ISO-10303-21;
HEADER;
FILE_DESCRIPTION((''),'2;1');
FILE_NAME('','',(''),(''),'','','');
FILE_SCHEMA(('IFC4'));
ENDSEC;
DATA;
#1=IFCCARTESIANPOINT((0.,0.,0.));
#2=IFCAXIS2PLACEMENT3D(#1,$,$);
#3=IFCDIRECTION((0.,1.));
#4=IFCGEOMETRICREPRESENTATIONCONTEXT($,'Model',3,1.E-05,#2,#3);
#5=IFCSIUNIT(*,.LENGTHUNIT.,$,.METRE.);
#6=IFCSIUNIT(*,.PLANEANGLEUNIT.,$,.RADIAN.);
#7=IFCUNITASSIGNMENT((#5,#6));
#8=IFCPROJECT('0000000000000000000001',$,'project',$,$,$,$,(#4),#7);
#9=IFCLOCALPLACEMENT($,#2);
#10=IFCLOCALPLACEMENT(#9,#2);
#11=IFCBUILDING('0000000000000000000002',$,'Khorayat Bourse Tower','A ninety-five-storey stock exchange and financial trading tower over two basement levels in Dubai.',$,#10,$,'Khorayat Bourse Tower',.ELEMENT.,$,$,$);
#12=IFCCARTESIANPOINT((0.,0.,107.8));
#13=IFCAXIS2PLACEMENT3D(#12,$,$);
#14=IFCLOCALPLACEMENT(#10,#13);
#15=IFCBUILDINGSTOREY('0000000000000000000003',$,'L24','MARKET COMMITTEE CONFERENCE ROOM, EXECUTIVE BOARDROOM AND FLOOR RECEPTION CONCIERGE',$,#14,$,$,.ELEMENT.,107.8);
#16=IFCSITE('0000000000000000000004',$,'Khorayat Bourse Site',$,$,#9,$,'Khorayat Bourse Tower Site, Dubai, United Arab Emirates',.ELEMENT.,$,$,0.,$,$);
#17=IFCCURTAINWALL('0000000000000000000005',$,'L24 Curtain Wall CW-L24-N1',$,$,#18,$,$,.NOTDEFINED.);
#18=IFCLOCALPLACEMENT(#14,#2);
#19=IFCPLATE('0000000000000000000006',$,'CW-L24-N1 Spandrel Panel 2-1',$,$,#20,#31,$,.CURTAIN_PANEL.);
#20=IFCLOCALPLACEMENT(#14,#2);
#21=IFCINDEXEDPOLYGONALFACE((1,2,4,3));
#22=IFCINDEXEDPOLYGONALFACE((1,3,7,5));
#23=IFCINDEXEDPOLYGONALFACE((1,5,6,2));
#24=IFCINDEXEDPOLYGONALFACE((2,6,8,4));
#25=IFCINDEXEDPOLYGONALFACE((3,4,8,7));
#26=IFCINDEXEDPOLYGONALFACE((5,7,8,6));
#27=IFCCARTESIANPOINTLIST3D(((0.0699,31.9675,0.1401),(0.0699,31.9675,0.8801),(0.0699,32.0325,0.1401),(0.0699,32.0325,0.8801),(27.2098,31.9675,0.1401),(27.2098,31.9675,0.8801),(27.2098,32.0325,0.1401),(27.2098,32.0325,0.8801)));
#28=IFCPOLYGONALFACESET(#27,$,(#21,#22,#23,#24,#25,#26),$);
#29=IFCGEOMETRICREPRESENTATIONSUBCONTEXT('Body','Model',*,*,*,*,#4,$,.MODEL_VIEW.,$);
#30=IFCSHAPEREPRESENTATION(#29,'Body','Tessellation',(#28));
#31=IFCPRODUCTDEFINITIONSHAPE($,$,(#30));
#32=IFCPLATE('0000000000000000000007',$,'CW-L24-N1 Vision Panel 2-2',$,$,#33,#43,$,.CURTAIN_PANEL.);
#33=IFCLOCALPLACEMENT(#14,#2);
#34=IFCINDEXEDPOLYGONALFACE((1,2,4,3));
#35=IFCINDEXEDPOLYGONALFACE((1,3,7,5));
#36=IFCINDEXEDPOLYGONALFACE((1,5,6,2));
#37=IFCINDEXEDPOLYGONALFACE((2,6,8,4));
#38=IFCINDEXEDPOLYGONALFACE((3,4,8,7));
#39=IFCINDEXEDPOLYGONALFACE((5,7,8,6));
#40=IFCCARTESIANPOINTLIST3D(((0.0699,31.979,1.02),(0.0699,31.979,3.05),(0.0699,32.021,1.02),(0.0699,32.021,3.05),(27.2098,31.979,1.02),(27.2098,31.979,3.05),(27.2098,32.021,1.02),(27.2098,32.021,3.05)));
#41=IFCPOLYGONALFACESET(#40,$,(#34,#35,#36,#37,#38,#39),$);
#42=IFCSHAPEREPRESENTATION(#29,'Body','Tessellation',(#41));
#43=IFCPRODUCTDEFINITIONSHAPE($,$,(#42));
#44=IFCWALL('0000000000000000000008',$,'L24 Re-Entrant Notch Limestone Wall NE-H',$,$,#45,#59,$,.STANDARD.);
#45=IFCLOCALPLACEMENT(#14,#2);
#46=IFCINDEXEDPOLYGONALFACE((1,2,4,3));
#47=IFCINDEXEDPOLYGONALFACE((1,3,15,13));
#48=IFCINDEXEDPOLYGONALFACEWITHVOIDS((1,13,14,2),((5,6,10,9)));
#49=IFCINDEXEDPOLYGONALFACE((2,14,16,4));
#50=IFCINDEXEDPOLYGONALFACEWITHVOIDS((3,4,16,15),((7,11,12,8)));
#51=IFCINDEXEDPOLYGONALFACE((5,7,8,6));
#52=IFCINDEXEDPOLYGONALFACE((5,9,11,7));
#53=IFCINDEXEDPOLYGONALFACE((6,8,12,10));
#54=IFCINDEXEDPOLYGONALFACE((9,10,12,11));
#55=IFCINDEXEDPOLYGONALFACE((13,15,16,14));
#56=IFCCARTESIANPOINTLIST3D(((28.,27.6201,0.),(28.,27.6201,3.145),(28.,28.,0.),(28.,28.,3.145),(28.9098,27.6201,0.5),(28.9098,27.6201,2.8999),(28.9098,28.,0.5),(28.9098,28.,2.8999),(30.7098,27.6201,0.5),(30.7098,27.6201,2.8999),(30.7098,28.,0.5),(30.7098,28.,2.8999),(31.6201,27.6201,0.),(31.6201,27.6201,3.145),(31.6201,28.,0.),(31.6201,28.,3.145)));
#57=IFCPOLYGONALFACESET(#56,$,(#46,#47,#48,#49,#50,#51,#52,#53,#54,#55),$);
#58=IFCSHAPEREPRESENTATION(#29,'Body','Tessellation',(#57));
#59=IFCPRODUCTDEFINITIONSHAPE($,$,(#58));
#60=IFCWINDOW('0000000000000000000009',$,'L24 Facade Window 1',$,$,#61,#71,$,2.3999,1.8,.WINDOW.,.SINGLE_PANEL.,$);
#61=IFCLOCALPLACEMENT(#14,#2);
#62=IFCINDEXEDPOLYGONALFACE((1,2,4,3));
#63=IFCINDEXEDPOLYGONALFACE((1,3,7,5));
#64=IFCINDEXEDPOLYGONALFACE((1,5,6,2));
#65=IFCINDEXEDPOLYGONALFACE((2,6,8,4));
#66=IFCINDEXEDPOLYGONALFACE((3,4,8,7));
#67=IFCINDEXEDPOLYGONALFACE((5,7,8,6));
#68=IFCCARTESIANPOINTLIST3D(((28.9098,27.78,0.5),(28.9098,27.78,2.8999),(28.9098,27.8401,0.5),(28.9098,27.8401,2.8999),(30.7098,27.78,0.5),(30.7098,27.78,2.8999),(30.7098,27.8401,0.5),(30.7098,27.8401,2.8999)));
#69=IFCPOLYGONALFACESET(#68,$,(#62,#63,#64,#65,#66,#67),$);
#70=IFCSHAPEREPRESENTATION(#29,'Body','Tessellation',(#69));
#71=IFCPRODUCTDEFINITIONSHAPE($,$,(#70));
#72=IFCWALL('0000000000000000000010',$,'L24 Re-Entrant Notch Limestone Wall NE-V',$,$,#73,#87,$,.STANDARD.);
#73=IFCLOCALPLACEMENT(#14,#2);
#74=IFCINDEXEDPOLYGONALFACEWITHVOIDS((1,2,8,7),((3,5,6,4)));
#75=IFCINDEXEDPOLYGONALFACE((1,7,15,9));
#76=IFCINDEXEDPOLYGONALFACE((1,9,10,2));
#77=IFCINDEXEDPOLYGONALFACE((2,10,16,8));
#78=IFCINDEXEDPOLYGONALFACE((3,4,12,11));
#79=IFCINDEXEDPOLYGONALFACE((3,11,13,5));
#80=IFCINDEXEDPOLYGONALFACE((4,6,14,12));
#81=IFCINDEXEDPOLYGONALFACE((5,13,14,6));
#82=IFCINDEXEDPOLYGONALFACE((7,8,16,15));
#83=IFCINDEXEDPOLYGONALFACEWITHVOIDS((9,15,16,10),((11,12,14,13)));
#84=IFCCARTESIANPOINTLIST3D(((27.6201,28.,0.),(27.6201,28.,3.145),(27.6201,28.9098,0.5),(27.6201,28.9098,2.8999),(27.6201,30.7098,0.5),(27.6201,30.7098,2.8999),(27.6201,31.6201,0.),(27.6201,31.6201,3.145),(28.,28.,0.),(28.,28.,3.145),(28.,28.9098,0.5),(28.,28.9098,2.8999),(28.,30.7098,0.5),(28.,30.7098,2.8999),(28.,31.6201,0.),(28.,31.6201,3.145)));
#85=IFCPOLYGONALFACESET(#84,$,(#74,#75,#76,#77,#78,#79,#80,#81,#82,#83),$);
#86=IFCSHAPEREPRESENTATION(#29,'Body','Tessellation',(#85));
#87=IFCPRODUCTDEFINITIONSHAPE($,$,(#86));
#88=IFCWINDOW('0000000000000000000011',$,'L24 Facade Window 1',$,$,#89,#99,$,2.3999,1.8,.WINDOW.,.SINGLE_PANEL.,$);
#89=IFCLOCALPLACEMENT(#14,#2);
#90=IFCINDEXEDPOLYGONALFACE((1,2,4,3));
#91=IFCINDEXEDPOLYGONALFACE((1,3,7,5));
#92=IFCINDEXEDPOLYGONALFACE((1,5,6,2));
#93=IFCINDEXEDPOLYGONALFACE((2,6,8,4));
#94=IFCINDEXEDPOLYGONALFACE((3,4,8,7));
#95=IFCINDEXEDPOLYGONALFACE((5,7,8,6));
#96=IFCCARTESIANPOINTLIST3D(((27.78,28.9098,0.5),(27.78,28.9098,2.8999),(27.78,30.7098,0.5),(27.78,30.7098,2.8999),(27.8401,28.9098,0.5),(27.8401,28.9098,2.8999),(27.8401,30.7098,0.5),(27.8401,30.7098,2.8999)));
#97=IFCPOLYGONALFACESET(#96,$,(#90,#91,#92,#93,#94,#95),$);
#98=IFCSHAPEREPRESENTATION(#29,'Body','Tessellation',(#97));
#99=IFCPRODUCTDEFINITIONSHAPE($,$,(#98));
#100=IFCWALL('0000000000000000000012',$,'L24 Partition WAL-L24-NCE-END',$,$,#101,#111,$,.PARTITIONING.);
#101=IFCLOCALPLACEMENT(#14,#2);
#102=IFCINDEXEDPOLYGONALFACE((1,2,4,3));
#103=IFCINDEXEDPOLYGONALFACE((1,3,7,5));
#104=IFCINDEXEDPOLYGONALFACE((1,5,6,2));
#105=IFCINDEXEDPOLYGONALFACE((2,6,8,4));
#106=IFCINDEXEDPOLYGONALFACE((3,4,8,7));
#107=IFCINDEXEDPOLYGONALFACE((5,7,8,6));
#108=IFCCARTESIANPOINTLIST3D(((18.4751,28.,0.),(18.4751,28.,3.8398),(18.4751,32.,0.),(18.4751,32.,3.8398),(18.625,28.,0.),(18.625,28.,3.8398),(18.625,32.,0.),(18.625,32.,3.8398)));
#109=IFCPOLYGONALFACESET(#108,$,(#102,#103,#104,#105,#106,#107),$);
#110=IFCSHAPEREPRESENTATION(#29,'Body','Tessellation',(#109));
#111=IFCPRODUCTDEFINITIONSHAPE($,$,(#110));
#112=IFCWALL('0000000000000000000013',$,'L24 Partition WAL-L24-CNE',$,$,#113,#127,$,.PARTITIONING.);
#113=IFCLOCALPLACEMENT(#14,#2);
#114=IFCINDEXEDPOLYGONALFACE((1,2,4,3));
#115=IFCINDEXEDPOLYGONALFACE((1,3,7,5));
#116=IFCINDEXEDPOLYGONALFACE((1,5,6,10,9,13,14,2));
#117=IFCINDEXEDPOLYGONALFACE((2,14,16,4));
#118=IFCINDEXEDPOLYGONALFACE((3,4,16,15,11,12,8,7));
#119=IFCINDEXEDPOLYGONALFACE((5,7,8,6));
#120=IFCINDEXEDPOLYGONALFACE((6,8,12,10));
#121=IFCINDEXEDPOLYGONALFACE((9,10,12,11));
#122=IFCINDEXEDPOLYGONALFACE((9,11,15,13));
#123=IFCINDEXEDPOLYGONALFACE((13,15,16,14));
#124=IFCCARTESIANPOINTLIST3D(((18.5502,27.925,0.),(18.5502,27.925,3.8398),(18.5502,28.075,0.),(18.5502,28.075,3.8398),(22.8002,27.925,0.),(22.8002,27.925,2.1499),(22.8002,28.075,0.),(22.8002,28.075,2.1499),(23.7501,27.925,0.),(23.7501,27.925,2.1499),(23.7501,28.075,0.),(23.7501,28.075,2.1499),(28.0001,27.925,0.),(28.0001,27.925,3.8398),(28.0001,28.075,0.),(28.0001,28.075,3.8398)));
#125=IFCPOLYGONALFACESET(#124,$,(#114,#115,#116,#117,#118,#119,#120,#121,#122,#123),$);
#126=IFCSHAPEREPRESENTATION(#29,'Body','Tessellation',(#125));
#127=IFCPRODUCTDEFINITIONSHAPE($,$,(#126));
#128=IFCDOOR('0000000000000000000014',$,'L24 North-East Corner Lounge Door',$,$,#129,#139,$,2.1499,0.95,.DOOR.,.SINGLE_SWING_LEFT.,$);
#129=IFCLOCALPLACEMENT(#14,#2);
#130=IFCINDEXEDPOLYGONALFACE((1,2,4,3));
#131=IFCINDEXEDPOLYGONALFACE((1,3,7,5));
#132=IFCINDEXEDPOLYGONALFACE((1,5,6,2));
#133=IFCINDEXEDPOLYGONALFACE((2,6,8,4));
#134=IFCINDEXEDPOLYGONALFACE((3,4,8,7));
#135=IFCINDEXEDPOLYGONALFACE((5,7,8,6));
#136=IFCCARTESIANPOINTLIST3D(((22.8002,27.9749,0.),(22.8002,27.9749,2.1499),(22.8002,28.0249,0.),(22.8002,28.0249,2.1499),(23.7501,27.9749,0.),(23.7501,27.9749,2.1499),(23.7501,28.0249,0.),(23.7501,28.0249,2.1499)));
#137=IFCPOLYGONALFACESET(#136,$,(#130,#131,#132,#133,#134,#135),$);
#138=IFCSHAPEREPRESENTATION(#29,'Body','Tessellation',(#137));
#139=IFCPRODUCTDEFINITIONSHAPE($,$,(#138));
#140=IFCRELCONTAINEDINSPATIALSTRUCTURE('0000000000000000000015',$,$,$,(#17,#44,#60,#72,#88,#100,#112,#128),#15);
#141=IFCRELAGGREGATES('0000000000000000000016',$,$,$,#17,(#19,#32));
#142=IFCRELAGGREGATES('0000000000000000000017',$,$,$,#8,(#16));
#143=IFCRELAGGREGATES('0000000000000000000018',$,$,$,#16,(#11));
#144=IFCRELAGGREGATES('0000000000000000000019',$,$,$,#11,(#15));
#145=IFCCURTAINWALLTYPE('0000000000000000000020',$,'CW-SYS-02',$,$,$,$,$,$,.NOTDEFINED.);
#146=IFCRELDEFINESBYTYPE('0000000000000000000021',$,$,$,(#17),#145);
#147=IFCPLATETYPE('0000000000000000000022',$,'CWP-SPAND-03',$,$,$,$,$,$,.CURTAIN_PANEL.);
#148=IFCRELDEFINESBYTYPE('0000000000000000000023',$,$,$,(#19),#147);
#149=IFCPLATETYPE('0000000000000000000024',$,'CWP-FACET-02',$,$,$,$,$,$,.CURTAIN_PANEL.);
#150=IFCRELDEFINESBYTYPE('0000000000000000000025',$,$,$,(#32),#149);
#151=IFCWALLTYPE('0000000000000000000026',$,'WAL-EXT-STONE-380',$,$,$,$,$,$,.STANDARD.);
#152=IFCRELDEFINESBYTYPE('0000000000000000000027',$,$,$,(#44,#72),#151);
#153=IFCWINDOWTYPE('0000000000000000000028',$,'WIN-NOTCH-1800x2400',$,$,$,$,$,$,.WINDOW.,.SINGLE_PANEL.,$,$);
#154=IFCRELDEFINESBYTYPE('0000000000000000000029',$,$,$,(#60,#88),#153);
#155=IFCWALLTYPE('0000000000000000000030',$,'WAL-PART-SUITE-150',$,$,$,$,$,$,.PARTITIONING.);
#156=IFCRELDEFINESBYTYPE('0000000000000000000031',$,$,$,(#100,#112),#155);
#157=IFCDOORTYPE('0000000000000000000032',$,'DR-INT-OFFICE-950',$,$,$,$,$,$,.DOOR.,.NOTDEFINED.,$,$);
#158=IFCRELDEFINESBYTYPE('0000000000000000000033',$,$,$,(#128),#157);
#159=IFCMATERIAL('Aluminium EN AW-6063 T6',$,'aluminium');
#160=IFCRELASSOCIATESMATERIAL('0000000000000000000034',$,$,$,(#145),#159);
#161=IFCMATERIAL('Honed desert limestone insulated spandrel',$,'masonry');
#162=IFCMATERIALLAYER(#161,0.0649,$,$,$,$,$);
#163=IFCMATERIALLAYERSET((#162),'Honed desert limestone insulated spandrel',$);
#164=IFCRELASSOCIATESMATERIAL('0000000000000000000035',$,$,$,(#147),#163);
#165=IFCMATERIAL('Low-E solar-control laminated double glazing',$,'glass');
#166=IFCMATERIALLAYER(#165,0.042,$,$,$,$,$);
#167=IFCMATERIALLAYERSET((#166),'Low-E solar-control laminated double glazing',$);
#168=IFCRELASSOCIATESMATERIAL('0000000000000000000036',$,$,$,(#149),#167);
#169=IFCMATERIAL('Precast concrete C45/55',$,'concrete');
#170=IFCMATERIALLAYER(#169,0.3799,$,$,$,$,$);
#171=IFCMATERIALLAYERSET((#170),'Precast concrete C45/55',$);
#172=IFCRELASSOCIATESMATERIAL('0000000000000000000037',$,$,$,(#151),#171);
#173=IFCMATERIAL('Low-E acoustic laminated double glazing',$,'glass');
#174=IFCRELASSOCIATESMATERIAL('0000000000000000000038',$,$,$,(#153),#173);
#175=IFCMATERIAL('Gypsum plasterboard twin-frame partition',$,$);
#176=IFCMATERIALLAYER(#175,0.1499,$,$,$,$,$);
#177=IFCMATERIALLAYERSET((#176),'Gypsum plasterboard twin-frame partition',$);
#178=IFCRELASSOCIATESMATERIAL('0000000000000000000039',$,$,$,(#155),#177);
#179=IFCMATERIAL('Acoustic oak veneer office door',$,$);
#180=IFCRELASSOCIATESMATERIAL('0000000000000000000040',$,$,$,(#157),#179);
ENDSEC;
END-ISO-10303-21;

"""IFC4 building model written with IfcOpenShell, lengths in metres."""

from ifc_helpers import new_model, si_unit, direction, frame, frame_2d, origin, origin_2d, place, context, subcontext, project, spatial, rectangle, extrude, source, transform, mapped, material, layer, layer_set, type_object, element, fill, aggregate, save


model = new_model("IFC4")

# Units and contexts
model_context = context("Model", 3, precision=1e-05, world=origin(), true_north=direction((0.0, 1.0)))
body_context = subcontext(model_context, "Body", "Model", "MODEL_VIEW")
ifc_project = project(units=[si_unit("LENGTHUNIT", "METRE"), si_unit("PLANEANGLEUNIT", "RADIAN")], contexts=[model_context])

# Site, building, storey
site_placement = place(None, origin())
site = spatial("IfcSite", under=ifc_project, at=site_placement, Name="Khorayat Bourse Site", LongName="Khorayat Bourse Tower Site, Dubai, United Arab Emirates", CompositionType="ELEMENT", RefElevation=0.0)
building_placement = place(site_placement, origin())
building = spatial("IfcBuilding", under=site, at=building_placement, Name="Khorayat Bourse Tower", Description="A ninety-five-storey stock exchange and financial trading tower over two basement levels in Dubai.", LongName="Khorayat Bourse Tower", CompositionType="ELEMENT")
storey_placement = place(building_placement, frame((0.0, 0.0, 107.8)))
storey = spatial("IfcBuildingStorey", under=building, at=storey_placement, Name="L24", Description="MARKET COMMITTEE CONFERENCE ROOM, EXECUTIVE BOARDROOM AND FLOOR RECEPTION CONCIERGE", CompositionType="ELEMENT", Elevation=107.8)

# Curtain wall
ifc_material_1 = material(Name="Aluminium EN AW-6063 T6", Category="aluminium")
curtain_wall_type = type_object("IfcCurtainWallType", Name="CW-SYS-02", PredefinedType="NOTDEFINED", material=ifc_material_1)
curtain_wall_1_placement = place(storey_placement, origin())
curtain_wall_1 = element("IfcCurtainWall", 1, at=curtain_wall_1_placement, inside=storey, type_object=curtain_wall_type, Name="L24 Curtain Wall CW-L24-N1", PredefinedType="NOTDEFINED")

# Plates
ifc_material_2 = material(Name="Honed desert limestone insulated spandrel", Category="masonry")
ifc_layer_1 = layer(ifc_material_2, 0.0649)
ifc_layer_set_1 = layer_set([ifc_layer_1], Name="Honed desert limestone insulated spandrel")
plate_type_1 = type_object("IfcPlateType", Name="CWP-SPAND-03", PredefinedType="CURTAIN_PANEL", material=ifc_layer_set_1)
shared_shape_1 = source(origin(), body_context, "Body", "SweptSolid", [
    extrude(rectangle(XDim=27.1399, YDim=0.0649, at=origin_2d()), origin(), (0.0, 0.0, 1.0), 0.74),
])
plate_1_placement = place(storey_placement, frame((13.6399, 32.0, 0.1401), z_axis=(0.0, 0.0, 1.0), x_axis=(1.0, 0.0, 0.0)))
plate_1 = element("IfcPlate", 2, at=plate_1_placement, type_object=plate_type_1, Name="CW-L24-N1 Spandrel Panel 2-1", PredefinedType="CURTAIN_PANEL", context=body_context, shape_type="MappedRepresentation", body=[
    mapped(shared_shape_1, transform((0.0, 0.0, 0.0), scale=1.0)),
])
ifc_material_3 = material(Name="Low-E solar-control laminated double glazing", Category="glass")
ifc_layer_2 = layer(ifc_material_3, 0.042)
ifc_layer_set_2 = layer_set([ifc_layer_2], Name="Low-E solar-control laminated double glazing")
plate_type_2 = type_object("IfcPlateType", Name="CWP-FACET-02", PredefinedType="CURTAIN_PANEL", material=ifc_layer_set_2)
shared_shape_2 = source(origin(), body_context, "Body", "SweptSolid", [
    extrude(rectangle(XDim=27.1399, YDim=0.042, at=origin_2d()), origin(), (0.0, 0.0, 1.0), 2.03),
])
plate_2_placement = place(storey_placement, frame((13.6399, 32.0, 1.02), z_axis=(0.0, 0.0, 1.0), x_axis=(1.0, 0.0, 0.0)))
plate_2 = element("IfcPlate", 3, at=plate_2_placement, type_object=plate_type_2, Name="CW-L24-N1 Vision Panel 2-2", PredefinedType="CURTAIN_PANEL", context=body_context, shape_type="MappedRepresentation", body=[
    mapped(shared_shape_2, transform((0.0, 0.0, 0.0), scale=1.0)),
])
aggregate(curtain_wall_1, [plate_1, plate_2])

# Walls, openings, windows
ifc_material_4 = material(Name="Precast concrete C45/55", Category="concrete")
ifc_layer_3 = layer(ifc_material_4, 0.3799)
ifc_layer_set_3 = layer_set([ifc_layer_3], Name="Precast concrete C45/55")
wall_type_1 = type_object("IfcWallType", Name="WAL-EXT-STONE-380", PredefinedType="STANDARD", material=ifc_layer_set_3)
shared_shape_3 = source(origin(), body_context, "Body", "SweptSolid", [
    extrude(rectangle(XDim=3.6201, YDim=0.3799, at=frame_2d((1.8101, 0.0))), origin(), (0.0, 0.0, 1.0), 3.145),
])
wall_1_placement = place(storey_placement, frame((28.0, 27.8101, 0.0), z_axis=(0.0, 0.0, 1.0), x_axis=(1.0, 0.0, 0.0)))
wall_1 = element("IfcWall", 4, at=wall_1_placement, inside=storey, type_object=wall_type_1, Name="L24 Re-Entrant Notch Limestone Wall NE-H", PredefinedType="STANDARD", context=body_context, shape_type="MappedRepresentation", body=[
    mapped(shared_shape_3, transform((0.0, 0.0, 0.0), scale=1.0)),
])
shared_shape_4 = source(origin(), body_context, "Body", "SweptSolid", [
    extrude(rectangle(XDim=1.8, YDim=2.3999, at=frame_2d((0.8999, 1.2))), frame((0.0, 0.2, 0.0), z_axis=(0.0, -1.0, 0.0), x_axis=(1.0, 0.0, 0.0)), (0.0, 0.0, 1.0), 0.3999),
])
opening_1_placement = place(wall_1_placement, frame((0.9099, 0.0, 0.5)))
opening_1 = element("IfcOpeningElement", 5, at=opening_1_placement, cuts=wall_1, PredefinedType="OPENING", context=body_context, shape_type="MappedRepresentation", body=[
    mapped(shared_shape_4, transform((0.0, 0.0, 0.0), scale=1.0)),
])
ifc_material_5 = material(Name="Low-E acoustic laminated double glazing", Category="glass")
window_type = type_object("IfcWindowType", Name="WIN-NOTCH-1800x2400", PartitioningType="SINGLE_PANEL", PredefinedType="WINDOW", material=ifc_material_5)
shared_shape_5 = source(origin(), body_context, "Body", "SweptSolid", [
    extrude(rectangle(XDim=1.8, YDim=2.3999, at=frame_2d((0.8999, 1.2))), frame((0.0, 0.03, 0.0), z_axis=(0.0, -1.0, 0.0), x_axis=(1.0, 0.0, 0.0)), (0.0, 0.0, 1.0), 0.0601),
])
window_1_placement = place(opening_1_placement, origin())
window_1 = element("IfcWindow", 6, at=window_1_placement, inside=storey, type_object=window_type, Name="L24 Facade Window 1", OverallHeight=2.3999, OverallWidth=1.8, PartitioningType="SINGLE_PANEL", PredefinedType="WINDOW", context=body_context, shape_type="MappedRepresentation", body=[
    mapped(shared_shape_5, transform((0.0, 0.0, 0.0), scale=1.0)),
])
fill(opening_1, window_1)
wall_2_placement = place(storey_placement, frame((27.8101, 28.0, 0.0), z_axis=(0.0, 0.0, 1.0), x_axis=(0.0, 1.0, 0.0)))
wall_2 = element("IfcWall", 7, at=wall_2_placement, inside=storey, type_object=wall_type_1, Name="L24 Re-Entrant Notch Limestone Wall NE-V", PredefinedType="STANDARD", context=body_context, shape_type="MappedRepresentation", body=[
    mapped(shared_shape_3, transform((0.0, 0.0, 0.0), scale=1.0)),
])
opening_2_placement = place(wall_2_placement, frame((0.9099, 0.0, 0.5)))
opening_2 = element("IfcOpeningElement", 8, at=opening_2_placement, cuts=wall_2, PredefinedType="OPENING", context=body_context, shape_type="MappedRepresentation", body=[
    mapped(shared_shape_4, transform((0.0, 0.0, 0.0), scale=1.0)),
])
window_2_placement = place(opening_2_placement, origin())
window_2 = element("IfcWindow", 9, at=window_2_placement, inside=storey, type_object=window_type, Name="L24 Facade Window 1", OverallHeight=2.3999, OverallWidth=1.8, PartitioningType="SINGLE_PANEL", PredefinedType="WINDOW", context=body_context, shape_type="MappedRepresentation", body=[
    mapped(shared_shape_5, transform((0.0, 0.0, 0.0), scale=1.0)),
])
fill(opening_2, window_2)

# Wall
ifc_material_6 = material(Name="Gypsum plasterboard twin-frame partition")
ifc_layer_4 = layer(ifc_material_6, 0.1499)
ifc_layer_set_4 = layer_set([ifc_layer_4], Name="Gypsum plasterboard twin-frame partition")
wall_type_2 = type_object("IfcWallType", Name="WAL-PART-SUITE-150", PredefinedType="PARTITIONING", material=ifc_layer_set_4)
shared_shape_6 = source(origin(), body_context, "Body", "SweptSolid", [
    extrude(rectangle(XDim=4.0, YDim=0.1499, at=frame_2d((2.0, 0.0))), origin(), (0.0, 0.0, 1.0), 3.8398),
])
wall_3_placement = place(storey_placement, frame((18.55, 28.0, 0.0), z_axis=(0.0, 0.0, 1.0), x_axis=(0.0, 1.0, 0.0)))
element("IfcWall", 10, at=wall_3_placement, inside=storey, type_object=wall_type_2, Name="L24 Partition WAL-L24-NCE-END", PredefinedType="PARTITIONING", context=body_context, shape_type="MappedRepresentation", body=[
    mapped(shared_shape_6, transform((0.0, 0.0, 0.0), scale=1.0)),
])

# Wall, opening, door
shared_shape_7 = source(origin(), body_context, "Body", "SweptSolid", [
    extrude(rectangle(XDim=9.45, YDim=0.1499, at=frame_2d((4.7251, 0.0))), origin(), (0.0, 0.0, 1.0), 3.8398),
])
wall_4_placement = place(storey_placement, frame((18.55, 28.0, 0.0), z_axis=(0.0, 0.0, 1.0), x_axis=(1.0, 0.0, 0.0)))
wall_4 = element("IfcWall", 11, at=wall_4_placement, inside=storey, type_object=wall_type_2, Name="L24 Partition WAL-L24-CNE", PredefinedType="PARTITIONING", context=body_context, shape_type="MappedRepresentation", body=[
    mapped(shared_shape_7, transform((0.0, 0.0, 0.0), scale=1.0)),
])
shared_shape_8 = source(origin(), body_context, "Body", "SweptSolid", [
    extrude(rectangle(XDim=0.95, YDim=2.1499, at=frame_2d((0.4751, 1.075))), frame((0.0, 0.085, 0.0), z_axis=(0.0, -1.0, 0.0), x_axis=(1.0, 0.0, 0.0)), (0.0, 0.0, 1.0), 0.1699),
])
opening_3_placement = place(wall_4_placement, frame((4.25, 0.0, 0.0)))
opening_3 = element("IfcOpeningElement", 12, at=opening_3_placement, cuts=wall_4, PredefinedType="OPENING", context=body_context, shape_type="MappedRepresentation", body=[
    mapped(shared_shape_8, transform((0.0, 0.0, 0.0), scale=1.0)),
])
ifc_material_7 = material(Name="Acoustic oak veneer office door")
door_type = type_object("IfcDoorType", Name="DR-INT-OFFICE-950", OperationType="NOTDEFINED", PredefinedType="DOOR", material=ifc_material_7)
shared_shape_9 = source(origin(), body_context, "Body", "SweptSolid", [
    extrude(rectangle(XDim=0.95, YDim=2.1499, at=frame_2d((0.4751, 1.075))), frame((0.0, 0.0249, 0.0), z_axis=(0.0, -1.0, 0.0), x_axis=(1.0, 0.0, 0.0)), (0.0, 0.0, 1.0), 0.05),
])
door_placement = place(opening_3_placement, origin())
door = element("IfcDoor", 13, at=door_placement, inside=storey, type_object=door_type, Name="L24 North-East Corner Lounge Door", OperationType="SINGLE_SWING_LEFT", OverallHeight=2.1499, OverallWidth=0.95, PredefinedType="DOOR", context=body_context, shape_type="MappedRepresentation", body=[
    mapped(shared_shape_9, transform((0.0, 0.0, 0.0), scale=1.0)),
])
fill(opening_3, door)

save(model, "model.ifc")
